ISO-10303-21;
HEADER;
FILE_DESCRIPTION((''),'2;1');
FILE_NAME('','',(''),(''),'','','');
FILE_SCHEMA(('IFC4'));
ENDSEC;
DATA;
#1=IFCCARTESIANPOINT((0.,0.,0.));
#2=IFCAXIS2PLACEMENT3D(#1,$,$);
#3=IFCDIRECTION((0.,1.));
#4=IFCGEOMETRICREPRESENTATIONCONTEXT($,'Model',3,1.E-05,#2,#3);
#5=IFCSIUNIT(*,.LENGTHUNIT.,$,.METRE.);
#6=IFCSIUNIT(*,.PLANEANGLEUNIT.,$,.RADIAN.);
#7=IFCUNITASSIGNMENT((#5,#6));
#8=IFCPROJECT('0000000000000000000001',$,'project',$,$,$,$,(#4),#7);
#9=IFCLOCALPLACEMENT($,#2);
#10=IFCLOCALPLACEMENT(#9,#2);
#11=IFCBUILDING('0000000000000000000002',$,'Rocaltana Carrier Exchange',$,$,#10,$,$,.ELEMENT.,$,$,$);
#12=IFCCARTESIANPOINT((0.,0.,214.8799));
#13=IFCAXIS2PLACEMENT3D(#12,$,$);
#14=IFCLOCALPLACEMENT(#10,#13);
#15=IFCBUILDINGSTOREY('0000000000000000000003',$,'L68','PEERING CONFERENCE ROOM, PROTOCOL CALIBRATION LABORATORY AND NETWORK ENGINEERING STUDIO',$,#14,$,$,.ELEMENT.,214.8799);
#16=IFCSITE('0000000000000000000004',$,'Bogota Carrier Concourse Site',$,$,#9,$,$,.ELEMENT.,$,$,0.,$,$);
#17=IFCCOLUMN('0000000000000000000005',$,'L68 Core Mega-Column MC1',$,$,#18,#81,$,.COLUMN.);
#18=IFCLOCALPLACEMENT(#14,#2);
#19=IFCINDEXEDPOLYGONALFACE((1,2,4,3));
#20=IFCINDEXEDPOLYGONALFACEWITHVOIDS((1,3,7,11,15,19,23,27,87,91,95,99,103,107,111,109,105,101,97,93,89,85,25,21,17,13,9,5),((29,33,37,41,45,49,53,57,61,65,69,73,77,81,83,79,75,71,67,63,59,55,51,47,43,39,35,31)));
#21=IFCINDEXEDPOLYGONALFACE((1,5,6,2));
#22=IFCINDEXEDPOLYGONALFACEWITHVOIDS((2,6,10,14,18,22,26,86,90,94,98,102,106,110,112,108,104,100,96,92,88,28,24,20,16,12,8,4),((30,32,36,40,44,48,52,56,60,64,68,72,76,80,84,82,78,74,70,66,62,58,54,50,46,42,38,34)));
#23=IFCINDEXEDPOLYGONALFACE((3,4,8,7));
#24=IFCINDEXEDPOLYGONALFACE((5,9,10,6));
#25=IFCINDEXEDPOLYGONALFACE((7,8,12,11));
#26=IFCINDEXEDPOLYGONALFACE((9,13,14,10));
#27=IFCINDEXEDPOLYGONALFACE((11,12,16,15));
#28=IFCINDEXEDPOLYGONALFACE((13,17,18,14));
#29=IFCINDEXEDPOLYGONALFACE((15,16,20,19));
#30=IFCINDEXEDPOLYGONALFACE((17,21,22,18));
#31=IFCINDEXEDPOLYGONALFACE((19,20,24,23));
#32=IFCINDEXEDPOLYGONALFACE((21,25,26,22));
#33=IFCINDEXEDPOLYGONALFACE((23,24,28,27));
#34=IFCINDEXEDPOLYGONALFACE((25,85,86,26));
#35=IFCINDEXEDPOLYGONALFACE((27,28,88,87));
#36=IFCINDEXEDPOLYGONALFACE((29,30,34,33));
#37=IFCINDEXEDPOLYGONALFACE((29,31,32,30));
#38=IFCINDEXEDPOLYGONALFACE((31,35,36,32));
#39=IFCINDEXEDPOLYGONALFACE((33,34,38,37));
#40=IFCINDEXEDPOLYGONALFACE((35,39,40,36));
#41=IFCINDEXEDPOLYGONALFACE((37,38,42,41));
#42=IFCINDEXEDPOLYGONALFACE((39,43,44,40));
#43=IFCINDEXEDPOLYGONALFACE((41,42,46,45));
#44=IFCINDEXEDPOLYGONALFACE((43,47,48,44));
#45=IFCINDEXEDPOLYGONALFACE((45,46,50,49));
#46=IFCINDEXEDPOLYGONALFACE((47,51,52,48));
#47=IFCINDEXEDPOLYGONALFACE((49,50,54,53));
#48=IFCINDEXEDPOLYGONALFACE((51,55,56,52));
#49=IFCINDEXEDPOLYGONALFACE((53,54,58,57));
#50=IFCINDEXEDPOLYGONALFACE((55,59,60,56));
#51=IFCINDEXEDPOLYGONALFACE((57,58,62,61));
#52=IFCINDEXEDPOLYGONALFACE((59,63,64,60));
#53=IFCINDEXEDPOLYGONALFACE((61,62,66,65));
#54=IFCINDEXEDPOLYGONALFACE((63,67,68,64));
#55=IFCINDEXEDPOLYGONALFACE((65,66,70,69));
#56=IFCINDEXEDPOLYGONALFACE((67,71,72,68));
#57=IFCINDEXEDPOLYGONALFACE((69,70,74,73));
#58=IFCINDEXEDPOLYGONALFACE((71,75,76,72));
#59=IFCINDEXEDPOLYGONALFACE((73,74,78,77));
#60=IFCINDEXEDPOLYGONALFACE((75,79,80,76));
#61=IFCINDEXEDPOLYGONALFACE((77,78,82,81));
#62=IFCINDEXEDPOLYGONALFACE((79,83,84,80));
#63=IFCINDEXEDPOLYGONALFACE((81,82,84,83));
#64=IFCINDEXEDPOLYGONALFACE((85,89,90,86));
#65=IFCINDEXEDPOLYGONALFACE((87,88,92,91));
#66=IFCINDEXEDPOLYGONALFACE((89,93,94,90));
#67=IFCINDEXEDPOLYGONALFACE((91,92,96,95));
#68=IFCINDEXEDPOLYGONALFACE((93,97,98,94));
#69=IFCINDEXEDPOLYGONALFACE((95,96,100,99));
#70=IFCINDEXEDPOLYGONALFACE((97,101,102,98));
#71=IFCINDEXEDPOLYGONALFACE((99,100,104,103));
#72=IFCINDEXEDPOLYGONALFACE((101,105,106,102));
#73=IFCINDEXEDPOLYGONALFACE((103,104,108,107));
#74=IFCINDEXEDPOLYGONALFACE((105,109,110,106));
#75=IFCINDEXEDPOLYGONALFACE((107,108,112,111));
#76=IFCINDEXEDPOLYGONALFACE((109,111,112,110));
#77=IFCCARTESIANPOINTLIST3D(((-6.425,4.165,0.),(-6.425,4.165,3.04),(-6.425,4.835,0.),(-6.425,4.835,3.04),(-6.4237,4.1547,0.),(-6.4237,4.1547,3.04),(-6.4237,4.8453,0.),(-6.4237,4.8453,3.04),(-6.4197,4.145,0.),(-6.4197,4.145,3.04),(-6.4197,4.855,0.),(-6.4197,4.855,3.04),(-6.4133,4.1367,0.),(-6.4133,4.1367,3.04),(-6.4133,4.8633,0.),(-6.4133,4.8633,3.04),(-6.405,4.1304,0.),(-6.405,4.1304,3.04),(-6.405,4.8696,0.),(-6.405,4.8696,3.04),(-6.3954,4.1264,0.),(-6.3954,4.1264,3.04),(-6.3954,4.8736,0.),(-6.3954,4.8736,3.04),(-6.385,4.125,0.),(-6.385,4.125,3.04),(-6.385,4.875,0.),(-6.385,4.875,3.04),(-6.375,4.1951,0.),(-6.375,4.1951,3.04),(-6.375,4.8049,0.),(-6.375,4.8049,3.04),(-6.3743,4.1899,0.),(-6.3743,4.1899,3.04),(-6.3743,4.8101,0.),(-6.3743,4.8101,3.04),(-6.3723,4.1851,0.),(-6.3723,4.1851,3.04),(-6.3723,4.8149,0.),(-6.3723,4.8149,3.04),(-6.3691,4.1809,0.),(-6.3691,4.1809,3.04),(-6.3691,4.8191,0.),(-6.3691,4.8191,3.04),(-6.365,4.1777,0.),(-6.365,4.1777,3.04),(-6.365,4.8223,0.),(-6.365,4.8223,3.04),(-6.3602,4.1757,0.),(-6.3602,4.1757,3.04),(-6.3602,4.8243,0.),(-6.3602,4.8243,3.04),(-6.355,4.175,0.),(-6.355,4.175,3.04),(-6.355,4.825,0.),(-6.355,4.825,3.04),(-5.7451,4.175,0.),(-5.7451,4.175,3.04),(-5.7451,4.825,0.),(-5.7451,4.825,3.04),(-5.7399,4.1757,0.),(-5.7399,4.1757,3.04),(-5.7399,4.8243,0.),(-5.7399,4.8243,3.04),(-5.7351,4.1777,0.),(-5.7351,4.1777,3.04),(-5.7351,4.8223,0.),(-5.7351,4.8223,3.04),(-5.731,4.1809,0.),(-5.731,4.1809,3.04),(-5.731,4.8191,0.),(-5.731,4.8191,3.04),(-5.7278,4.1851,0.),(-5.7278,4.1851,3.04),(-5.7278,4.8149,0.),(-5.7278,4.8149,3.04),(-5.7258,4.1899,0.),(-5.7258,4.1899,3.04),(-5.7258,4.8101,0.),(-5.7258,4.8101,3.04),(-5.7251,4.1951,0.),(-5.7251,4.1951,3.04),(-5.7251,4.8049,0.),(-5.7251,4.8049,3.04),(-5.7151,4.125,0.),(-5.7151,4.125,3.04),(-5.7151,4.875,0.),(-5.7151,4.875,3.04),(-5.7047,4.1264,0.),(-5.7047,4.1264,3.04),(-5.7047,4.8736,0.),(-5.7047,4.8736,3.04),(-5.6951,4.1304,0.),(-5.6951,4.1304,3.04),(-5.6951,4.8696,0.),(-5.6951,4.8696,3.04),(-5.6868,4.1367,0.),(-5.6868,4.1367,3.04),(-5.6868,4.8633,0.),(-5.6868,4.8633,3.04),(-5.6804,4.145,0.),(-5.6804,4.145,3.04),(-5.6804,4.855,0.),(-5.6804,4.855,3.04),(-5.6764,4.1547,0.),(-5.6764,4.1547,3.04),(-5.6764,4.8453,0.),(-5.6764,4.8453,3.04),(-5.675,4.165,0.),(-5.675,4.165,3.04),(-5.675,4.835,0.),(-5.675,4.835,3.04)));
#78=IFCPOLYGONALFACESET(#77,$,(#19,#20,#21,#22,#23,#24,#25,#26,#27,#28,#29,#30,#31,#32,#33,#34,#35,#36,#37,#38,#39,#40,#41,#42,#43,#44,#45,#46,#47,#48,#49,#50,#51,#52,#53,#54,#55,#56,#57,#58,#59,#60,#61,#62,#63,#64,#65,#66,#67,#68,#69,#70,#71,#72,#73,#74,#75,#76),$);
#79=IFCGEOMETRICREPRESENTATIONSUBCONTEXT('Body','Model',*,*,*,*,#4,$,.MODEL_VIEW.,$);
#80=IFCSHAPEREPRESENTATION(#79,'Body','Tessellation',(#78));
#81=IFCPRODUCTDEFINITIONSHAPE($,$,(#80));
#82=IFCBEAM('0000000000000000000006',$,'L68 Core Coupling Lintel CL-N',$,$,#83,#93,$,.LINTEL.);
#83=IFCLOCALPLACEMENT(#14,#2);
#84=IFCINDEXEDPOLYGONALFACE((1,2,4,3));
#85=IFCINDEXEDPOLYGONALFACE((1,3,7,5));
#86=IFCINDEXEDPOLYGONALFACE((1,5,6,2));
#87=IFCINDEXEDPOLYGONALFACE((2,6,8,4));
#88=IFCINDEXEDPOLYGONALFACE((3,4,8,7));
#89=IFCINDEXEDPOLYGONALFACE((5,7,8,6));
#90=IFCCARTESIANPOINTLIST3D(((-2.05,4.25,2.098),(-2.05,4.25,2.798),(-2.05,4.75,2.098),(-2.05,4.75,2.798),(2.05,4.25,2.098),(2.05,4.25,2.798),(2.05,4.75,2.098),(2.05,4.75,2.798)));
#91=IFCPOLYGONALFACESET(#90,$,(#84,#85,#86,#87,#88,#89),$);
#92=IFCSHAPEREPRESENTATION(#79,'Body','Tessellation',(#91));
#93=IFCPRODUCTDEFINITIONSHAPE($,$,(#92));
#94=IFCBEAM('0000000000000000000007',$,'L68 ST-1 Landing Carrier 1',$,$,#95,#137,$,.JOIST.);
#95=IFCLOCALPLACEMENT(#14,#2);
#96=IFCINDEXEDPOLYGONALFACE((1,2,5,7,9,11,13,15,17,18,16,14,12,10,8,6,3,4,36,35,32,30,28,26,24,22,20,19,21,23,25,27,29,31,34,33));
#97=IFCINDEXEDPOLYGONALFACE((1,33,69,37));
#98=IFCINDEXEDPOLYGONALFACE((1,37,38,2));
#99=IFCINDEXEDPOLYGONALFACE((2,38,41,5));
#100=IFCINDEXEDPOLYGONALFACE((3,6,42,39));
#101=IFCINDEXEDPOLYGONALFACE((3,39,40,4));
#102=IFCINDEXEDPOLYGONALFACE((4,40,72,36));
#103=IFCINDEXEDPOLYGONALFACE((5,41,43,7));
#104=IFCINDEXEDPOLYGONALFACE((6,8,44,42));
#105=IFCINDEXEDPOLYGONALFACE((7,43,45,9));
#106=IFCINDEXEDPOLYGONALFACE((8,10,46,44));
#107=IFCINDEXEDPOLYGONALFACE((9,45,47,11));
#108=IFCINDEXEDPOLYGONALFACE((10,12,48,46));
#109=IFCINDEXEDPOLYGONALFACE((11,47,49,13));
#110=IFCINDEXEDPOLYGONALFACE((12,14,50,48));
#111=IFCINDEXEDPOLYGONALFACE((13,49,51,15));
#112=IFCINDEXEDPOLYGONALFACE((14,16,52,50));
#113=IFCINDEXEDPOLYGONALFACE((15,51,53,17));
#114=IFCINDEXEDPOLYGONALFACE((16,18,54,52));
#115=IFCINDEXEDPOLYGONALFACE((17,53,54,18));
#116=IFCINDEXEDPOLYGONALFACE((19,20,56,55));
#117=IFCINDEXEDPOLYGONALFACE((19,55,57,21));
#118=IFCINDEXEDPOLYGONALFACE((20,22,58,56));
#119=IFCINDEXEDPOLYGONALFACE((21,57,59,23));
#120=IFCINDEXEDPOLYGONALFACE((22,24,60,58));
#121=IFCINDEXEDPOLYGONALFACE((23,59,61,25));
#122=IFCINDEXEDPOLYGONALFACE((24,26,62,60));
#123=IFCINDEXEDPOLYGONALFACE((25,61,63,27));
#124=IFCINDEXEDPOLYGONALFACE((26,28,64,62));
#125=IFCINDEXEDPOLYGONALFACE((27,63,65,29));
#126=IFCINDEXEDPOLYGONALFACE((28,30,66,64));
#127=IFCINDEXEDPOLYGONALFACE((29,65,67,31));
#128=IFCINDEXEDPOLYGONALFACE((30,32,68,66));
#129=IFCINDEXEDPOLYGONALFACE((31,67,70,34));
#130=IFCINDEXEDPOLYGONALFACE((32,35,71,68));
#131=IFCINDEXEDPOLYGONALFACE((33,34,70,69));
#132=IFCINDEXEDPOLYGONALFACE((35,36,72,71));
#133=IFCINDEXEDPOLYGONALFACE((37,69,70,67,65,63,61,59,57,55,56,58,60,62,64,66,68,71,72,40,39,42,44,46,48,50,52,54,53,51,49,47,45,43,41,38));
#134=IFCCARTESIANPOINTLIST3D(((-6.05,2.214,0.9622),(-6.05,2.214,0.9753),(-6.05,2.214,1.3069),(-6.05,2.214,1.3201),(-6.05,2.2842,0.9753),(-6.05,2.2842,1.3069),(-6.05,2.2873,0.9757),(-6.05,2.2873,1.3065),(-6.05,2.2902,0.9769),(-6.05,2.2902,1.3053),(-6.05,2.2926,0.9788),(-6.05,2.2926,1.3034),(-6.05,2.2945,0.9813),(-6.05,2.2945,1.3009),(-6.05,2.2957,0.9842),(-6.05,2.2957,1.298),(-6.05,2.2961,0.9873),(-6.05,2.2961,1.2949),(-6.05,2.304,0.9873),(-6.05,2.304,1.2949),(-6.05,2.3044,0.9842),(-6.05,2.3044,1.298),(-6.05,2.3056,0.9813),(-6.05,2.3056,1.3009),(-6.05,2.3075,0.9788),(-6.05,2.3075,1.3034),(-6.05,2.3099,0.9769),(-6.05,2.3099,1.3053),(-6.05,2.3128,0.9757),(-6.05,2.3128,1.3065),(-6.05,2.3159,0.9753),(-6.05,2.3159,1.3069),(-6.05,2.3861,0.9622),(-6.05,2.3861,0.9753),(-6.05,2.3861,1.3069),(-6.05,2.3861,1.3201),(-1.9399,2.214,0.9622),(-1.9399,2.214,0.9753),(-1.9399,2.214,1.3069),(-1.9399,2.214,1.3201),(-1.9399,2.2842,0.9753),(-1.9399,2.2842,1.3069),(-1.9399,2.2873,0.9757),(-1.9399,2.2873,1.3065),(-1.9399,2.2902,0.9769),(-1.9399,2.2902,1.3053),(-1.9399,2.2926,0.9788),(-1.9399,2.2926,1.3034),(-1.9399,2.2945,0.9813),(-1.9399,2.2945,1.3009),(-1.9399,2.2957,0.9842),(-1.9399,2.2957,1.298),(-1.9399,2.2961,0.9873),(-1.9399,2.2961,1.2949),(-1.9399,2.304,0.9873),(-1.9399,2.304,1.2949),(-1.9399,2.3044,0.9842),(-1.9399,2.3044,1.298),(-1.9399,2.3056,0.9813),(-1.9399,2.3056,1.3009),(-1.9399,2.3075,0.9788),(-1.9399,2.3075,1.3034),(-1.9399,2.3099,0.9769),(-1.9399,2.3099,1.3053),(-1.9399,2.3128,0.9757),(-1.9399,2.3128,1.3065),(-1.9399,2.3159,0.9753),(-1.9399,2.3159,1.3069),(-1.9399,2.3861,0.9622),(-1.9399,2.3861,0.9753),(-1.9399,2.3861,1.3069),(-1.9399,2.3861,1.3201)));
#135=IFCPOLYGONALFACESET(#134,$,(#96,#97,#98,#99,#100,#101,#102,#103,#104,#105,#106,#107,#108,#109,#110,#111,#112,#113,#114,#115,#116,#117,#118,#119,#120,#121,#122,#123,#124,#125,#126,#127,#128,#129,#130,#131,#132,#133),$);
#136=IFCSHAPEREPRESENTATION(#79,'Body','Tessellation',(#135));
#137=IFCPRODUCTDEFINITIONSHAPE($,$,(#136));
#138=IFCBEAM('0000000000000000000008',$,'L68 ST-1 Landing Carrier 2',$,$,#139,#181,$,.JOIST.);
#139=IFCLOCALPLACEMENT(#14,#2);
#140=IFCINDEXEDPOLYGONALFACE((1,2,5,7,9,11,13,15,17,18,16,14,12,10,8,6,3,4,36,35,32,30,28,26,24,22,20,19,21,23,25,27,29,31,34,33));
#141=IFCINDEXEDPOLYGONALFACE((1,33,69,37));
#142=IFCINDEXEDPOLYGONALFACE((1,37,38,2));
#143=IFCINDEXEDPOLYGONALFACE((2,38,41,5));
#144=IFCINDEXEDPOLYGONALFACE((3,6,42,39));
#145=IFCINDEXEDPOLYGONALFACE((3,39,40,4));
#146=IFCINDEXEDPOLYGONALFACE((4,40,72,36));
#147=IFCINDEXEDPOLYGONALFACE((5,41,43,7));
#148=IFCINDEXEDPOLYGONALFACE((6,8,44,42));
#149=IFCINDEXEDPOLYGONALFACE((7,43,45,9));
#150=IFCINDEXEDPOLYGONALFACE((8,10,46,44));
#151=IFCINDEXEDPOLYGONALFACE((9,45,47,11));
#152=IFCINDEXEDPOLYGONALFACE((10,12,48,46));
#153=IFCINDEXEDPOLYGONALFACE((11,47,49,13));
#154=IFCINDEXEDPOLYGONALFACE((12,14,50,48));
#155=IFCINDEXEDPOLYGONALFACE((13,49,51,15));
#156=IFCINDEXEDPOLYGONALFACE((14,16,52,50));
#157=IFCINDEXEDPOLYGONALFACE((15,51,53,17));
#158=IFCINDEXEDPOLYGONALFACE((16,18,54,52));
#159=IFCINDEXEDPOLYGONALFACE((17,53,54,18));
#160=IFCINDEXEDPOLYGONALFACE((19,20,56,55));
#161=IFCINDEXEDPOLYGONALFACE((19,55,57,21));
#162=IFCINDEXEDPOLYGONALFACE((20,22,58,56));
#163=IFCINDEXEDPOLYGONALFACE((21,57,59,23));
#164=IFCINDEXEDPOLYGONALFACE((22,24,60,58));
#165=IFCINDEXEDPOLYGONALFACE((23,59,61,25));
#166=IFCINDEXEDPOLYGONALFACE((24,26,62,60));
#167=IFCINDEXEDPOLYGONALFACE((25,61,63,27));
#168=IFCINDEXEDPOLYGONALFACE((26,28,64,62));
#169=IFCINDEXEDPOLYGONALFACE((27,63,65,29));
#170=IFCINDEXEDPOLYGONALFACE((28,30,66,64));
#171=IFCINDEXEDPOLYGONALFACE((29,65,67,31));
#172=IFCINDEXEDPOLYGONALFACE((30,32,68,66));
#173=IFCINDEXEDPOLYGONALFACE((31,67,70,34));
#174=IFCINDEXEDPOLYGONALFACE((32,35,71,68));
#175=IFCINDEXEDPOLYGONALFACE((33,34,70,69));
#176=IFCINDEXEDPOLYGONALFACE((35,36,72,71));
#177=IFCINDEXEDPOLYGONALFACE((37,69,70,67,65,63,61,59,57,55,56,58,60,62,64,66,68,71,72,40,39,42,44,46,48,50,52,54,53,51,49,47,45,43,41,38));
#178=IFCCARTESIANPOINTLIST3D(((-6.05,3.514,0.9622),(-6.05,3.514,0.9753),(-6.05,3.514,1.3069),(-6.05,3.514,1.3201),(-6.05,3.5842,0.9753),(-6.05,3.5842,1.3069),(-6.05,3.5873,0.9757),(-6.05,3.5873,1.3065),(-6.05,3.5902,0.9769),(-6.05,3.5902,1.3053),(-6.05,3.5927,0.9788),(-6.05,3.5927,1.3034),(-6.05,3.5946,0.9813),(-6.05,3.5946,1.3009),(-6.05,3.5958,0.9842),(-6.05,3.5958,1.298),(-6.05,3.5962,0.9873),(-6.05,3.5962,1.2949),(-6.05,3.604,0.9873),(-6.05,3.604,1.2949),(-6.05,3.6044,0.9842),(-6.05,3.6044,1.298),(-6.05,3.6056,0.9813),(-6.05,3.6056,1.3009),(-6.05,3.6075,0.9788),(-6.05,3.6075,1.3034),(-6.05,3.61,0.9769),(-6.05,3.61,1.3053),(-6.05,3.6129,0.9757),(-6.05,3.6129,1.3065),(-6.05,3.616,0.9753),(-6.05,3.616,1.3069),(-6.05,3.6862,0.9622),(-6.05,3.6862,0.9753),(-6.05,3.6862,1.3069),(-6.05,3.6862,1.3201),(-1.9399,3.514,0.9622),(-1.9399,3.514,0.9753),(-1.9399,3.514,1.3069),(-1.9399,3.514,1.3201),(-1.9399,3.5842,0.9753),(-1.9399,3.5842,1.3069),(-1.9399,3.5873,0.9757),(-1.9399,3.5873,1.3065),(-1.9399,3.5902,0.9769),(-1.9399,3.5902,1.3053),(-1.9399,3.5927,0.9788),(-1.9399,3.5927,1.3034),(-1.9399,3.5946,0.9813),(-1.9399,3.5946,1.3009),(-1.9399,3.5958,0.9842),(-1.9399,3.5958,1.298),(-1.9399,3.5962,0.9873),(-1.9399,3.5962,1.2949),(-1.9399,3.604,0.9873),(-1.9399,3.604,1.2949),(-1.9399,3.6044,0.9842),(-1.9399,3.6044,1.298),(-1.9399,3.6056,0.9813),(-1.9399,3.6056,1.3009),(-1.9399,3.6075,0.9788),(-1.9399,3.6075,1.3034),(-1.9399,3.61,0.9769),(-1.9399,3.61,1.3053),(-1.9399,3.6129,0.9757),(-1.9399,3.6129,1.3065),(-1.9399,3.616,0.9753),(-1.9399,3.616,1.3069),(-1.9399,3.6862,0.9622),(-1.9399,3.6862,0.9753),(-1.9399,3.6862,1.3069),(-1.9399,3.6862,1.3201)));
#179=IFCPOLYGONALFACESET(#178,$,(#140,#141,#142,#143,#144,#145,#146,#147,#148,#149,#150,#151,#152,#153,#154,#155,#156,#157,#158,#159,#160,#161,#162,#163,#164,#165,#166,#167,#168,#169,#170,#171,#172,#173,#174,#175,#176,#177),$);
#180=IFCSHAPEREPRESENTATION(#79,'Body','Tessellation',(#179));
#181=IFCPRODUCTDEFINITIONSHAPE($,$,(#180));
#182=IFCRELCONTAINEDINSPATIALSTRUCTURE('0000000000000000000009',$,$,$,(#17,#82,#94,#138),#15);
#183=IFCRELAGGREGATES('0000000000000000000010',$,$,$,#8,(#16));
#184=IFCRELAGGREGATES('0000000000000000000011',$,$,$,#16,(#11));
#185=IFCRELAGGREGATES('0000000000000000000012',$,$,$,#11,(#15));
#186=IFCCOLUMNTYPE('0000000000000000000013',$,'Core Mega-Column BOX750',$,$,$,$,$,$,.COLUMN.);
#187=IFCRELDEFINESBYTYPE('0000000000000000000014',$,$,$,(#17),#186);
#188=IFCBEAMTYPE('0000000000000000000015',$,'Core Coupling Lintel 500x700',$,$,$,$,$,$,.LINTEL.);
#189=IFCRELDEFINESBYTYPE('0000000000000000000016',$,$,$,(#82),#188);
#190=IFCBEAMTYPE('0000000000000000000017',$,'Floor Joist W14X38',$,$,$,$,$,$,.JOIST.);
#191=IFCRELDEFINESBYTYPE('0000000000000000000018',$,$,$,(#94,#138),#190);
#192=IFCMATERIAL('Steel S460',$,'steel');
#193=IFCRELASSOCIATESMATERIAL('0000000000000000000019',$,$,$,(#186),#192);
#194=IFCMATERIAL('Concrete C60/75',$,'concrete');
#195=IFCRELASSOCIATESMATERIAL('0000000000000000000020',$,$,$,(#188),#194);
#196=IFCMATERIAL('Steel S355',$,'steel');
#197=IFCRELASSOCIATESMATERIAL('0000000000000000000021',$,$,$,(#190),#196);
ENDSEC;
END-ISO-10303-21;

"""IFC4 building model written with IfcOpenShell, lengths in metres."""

from ifc_helpers import new_model, si_unit, direction, frame, origin, origin_2d, place, context, subcontext, project, spatial, rectangle, hollow_rectangle, i_section, extrude, material, material_profile, profile_set, type_object, element, save


model = new_model("IFC4")

# Units and contexts
model_context = context("Model", 3, precision=1e-05, world=origin(), true_north=direction((0.0, 1.0)))
body_context = subcontext(model_context, "Body", "Model", "MODEL_VIEW")
ifc_project = project(units=[si_unit("LENGTHUNIT", "METRE"), si_unit("PLANEANGLEUNIT", "RADIAN")], contexts=[model_context])

# Site, building, storey
site_placement = place(None, origin())
site = spatial("IfcSite", under=ifc_project, at=site_placement, Name="Bogota Carrier Concourse Site", CompositionType="ELEMENT", RefElevation=0.0)
building_placement = place(site_placement, origin())
building = spatial("IfcBuilding", under=site, at=building_placement, Name="Rocaltana Carrier Exchange", CompositionType="ELEMENT")
storey_placement = place(building_placement, frame((0.0, 0.0, 214.8799)))
storey = spatial("IfcBuildingStorey", under=building, at=storey_placement, Name="L68", Description="PEERING CONFERENCE ROOM, PROTOCOL CALIBRATION LABORATORY AND NETWORK ENGINEERING STUDIO", CompositionType="ELEMENT", Elevation=214.8799)

# Column
ifc_material_1 = material(Name="Steel S460", Category="steel")
ifc_material_profile_1 = material_profile(ifc_material_1, hollow_rectangle(XDim=0.75, YDim=0.75, WallThickness=0.05, InnerFilletRadius=0.02, OuterFilletRadius=0.04, at=origin_2d()), Name="BOX750X750X50")
ifc_profile_set_1 = profile_set([ifc_material_profile_1], Name="Steel S460")
column_type = type_object("IfcColumnType", Name="Core Mega-Column BOX750", PredefinedType="COLUMN", material=ifc_profile_set_1)
column_placement = place(storey_placement, frame((-6.05, 4.5, 0.0), z_axis=(0.0, 0.0, 1.0), x_axis=(1.0, 0.0, 0.0)))
element("IfcColumn", 1, at=column_placement, inside=storey, type_object=column_type, Name="L68 Core Mega-Column MC1", PredefinedType="COLUMN", context=body_context, shape_type="SweptSolid", body=[
    extrude(hollow_rectangle(XDim=0.75, YDim=0.75, WallThickness=0.05, InnerFilletRadius=0.02, OuterFilletRadius=0.04, at=origin_2d()), origin(), (0.0, 0.0, 1.0), 3.04),
])

# Beams
ifc_material_2 = material(Name="Concrete C60/75", Category="concrete")
ifc_material_profile_2 = material_profile(ifc_material_2, rectangle(XDim=0.5, YDim=0.7, at=origin_2d()), Name="RC-BM-500X700")
ifc_profile_set_2 = profile_set([ifc_material_profile_2], Name="Concrete C60/75")
beam_type_1 = type_object("IfcBeamType", Name="Core Coupling Lintel 500x700", PredefinedType="LINTEL", material=ifc_profile_set_2)
beam_1_placement = place(storey_placement, frame((-2.05, 4.5, 2.448), z_axis=(1.0, 0.0, 0.0), x_axis=(0.0, 1.0, 0.0)))
element("IfcBeam", 2, at=beam_1_placement, inside=storey, type_object=beam_type_1, Name="L68 Core Coupling Lintel CL-N", PredefinedType="LINTEL", context=body_context, shape_type="SweptSolid", body=[
    extrude(rectangle(XDim=0.5, YDim=0.7, at=origin_2d()), origin(), (0.0, 0.0, 1.0), 4.1001),
])
ifc_material_3 = material(Name="Steel S355", Category="steel")
ifc_material_profile_3 = material_profile(ifc_material_3, i_section(OverallWidth=0.1721, OverallDepth=0.3579, WebThickness=0.0078, FlangeThickness=0.0132, FilletRadius=0.012, at=origin_2d()), Name="W14X38")
ifc_profile_set_3 = profile_set([ifc_material_profile_3], Name="Steel S355")
beam_type_2 = type_object("IfcBeamType", Name="Floor Joist W14X38", PredefinedType="JOIST", material=ifc_profile_set_3)
for number, where, z_axis, x_axis, name in (
    (3, (-6.05, 2.3, 1.1411), (1.0, 0.0, 0.0), (0.0, 1.0, 0.0), "L68 ST-1 Landing Carrier 1"),
    (4, (-6.05, 3.6001, 1.1411), (1.0, 0.0, 0.0), (0.0, 1.0, 0.0), "L68 ST-1 Landing Carrier 2"),
):
    element("IfcBeam", number, at=place(storey_placement, frame(where, z_axis=z_axis, x_axis=x_axis)), inside=storey, type_object=beam_type_2, Name=name, PredefinedType="JOIST", context=body_context, shape_type="SweptSolid", body=[
        extrude(i_section(OverallWidth=0.1721, OverallDepth=0.3579, WebThickness=0.0078, FlangeThickness=0.0132, FilletRadius=0.012, at=origin_2d()), origin(), (0.0, 0.0, 1.0), 4.1101),
    ])

save(model, "model.ifc")
